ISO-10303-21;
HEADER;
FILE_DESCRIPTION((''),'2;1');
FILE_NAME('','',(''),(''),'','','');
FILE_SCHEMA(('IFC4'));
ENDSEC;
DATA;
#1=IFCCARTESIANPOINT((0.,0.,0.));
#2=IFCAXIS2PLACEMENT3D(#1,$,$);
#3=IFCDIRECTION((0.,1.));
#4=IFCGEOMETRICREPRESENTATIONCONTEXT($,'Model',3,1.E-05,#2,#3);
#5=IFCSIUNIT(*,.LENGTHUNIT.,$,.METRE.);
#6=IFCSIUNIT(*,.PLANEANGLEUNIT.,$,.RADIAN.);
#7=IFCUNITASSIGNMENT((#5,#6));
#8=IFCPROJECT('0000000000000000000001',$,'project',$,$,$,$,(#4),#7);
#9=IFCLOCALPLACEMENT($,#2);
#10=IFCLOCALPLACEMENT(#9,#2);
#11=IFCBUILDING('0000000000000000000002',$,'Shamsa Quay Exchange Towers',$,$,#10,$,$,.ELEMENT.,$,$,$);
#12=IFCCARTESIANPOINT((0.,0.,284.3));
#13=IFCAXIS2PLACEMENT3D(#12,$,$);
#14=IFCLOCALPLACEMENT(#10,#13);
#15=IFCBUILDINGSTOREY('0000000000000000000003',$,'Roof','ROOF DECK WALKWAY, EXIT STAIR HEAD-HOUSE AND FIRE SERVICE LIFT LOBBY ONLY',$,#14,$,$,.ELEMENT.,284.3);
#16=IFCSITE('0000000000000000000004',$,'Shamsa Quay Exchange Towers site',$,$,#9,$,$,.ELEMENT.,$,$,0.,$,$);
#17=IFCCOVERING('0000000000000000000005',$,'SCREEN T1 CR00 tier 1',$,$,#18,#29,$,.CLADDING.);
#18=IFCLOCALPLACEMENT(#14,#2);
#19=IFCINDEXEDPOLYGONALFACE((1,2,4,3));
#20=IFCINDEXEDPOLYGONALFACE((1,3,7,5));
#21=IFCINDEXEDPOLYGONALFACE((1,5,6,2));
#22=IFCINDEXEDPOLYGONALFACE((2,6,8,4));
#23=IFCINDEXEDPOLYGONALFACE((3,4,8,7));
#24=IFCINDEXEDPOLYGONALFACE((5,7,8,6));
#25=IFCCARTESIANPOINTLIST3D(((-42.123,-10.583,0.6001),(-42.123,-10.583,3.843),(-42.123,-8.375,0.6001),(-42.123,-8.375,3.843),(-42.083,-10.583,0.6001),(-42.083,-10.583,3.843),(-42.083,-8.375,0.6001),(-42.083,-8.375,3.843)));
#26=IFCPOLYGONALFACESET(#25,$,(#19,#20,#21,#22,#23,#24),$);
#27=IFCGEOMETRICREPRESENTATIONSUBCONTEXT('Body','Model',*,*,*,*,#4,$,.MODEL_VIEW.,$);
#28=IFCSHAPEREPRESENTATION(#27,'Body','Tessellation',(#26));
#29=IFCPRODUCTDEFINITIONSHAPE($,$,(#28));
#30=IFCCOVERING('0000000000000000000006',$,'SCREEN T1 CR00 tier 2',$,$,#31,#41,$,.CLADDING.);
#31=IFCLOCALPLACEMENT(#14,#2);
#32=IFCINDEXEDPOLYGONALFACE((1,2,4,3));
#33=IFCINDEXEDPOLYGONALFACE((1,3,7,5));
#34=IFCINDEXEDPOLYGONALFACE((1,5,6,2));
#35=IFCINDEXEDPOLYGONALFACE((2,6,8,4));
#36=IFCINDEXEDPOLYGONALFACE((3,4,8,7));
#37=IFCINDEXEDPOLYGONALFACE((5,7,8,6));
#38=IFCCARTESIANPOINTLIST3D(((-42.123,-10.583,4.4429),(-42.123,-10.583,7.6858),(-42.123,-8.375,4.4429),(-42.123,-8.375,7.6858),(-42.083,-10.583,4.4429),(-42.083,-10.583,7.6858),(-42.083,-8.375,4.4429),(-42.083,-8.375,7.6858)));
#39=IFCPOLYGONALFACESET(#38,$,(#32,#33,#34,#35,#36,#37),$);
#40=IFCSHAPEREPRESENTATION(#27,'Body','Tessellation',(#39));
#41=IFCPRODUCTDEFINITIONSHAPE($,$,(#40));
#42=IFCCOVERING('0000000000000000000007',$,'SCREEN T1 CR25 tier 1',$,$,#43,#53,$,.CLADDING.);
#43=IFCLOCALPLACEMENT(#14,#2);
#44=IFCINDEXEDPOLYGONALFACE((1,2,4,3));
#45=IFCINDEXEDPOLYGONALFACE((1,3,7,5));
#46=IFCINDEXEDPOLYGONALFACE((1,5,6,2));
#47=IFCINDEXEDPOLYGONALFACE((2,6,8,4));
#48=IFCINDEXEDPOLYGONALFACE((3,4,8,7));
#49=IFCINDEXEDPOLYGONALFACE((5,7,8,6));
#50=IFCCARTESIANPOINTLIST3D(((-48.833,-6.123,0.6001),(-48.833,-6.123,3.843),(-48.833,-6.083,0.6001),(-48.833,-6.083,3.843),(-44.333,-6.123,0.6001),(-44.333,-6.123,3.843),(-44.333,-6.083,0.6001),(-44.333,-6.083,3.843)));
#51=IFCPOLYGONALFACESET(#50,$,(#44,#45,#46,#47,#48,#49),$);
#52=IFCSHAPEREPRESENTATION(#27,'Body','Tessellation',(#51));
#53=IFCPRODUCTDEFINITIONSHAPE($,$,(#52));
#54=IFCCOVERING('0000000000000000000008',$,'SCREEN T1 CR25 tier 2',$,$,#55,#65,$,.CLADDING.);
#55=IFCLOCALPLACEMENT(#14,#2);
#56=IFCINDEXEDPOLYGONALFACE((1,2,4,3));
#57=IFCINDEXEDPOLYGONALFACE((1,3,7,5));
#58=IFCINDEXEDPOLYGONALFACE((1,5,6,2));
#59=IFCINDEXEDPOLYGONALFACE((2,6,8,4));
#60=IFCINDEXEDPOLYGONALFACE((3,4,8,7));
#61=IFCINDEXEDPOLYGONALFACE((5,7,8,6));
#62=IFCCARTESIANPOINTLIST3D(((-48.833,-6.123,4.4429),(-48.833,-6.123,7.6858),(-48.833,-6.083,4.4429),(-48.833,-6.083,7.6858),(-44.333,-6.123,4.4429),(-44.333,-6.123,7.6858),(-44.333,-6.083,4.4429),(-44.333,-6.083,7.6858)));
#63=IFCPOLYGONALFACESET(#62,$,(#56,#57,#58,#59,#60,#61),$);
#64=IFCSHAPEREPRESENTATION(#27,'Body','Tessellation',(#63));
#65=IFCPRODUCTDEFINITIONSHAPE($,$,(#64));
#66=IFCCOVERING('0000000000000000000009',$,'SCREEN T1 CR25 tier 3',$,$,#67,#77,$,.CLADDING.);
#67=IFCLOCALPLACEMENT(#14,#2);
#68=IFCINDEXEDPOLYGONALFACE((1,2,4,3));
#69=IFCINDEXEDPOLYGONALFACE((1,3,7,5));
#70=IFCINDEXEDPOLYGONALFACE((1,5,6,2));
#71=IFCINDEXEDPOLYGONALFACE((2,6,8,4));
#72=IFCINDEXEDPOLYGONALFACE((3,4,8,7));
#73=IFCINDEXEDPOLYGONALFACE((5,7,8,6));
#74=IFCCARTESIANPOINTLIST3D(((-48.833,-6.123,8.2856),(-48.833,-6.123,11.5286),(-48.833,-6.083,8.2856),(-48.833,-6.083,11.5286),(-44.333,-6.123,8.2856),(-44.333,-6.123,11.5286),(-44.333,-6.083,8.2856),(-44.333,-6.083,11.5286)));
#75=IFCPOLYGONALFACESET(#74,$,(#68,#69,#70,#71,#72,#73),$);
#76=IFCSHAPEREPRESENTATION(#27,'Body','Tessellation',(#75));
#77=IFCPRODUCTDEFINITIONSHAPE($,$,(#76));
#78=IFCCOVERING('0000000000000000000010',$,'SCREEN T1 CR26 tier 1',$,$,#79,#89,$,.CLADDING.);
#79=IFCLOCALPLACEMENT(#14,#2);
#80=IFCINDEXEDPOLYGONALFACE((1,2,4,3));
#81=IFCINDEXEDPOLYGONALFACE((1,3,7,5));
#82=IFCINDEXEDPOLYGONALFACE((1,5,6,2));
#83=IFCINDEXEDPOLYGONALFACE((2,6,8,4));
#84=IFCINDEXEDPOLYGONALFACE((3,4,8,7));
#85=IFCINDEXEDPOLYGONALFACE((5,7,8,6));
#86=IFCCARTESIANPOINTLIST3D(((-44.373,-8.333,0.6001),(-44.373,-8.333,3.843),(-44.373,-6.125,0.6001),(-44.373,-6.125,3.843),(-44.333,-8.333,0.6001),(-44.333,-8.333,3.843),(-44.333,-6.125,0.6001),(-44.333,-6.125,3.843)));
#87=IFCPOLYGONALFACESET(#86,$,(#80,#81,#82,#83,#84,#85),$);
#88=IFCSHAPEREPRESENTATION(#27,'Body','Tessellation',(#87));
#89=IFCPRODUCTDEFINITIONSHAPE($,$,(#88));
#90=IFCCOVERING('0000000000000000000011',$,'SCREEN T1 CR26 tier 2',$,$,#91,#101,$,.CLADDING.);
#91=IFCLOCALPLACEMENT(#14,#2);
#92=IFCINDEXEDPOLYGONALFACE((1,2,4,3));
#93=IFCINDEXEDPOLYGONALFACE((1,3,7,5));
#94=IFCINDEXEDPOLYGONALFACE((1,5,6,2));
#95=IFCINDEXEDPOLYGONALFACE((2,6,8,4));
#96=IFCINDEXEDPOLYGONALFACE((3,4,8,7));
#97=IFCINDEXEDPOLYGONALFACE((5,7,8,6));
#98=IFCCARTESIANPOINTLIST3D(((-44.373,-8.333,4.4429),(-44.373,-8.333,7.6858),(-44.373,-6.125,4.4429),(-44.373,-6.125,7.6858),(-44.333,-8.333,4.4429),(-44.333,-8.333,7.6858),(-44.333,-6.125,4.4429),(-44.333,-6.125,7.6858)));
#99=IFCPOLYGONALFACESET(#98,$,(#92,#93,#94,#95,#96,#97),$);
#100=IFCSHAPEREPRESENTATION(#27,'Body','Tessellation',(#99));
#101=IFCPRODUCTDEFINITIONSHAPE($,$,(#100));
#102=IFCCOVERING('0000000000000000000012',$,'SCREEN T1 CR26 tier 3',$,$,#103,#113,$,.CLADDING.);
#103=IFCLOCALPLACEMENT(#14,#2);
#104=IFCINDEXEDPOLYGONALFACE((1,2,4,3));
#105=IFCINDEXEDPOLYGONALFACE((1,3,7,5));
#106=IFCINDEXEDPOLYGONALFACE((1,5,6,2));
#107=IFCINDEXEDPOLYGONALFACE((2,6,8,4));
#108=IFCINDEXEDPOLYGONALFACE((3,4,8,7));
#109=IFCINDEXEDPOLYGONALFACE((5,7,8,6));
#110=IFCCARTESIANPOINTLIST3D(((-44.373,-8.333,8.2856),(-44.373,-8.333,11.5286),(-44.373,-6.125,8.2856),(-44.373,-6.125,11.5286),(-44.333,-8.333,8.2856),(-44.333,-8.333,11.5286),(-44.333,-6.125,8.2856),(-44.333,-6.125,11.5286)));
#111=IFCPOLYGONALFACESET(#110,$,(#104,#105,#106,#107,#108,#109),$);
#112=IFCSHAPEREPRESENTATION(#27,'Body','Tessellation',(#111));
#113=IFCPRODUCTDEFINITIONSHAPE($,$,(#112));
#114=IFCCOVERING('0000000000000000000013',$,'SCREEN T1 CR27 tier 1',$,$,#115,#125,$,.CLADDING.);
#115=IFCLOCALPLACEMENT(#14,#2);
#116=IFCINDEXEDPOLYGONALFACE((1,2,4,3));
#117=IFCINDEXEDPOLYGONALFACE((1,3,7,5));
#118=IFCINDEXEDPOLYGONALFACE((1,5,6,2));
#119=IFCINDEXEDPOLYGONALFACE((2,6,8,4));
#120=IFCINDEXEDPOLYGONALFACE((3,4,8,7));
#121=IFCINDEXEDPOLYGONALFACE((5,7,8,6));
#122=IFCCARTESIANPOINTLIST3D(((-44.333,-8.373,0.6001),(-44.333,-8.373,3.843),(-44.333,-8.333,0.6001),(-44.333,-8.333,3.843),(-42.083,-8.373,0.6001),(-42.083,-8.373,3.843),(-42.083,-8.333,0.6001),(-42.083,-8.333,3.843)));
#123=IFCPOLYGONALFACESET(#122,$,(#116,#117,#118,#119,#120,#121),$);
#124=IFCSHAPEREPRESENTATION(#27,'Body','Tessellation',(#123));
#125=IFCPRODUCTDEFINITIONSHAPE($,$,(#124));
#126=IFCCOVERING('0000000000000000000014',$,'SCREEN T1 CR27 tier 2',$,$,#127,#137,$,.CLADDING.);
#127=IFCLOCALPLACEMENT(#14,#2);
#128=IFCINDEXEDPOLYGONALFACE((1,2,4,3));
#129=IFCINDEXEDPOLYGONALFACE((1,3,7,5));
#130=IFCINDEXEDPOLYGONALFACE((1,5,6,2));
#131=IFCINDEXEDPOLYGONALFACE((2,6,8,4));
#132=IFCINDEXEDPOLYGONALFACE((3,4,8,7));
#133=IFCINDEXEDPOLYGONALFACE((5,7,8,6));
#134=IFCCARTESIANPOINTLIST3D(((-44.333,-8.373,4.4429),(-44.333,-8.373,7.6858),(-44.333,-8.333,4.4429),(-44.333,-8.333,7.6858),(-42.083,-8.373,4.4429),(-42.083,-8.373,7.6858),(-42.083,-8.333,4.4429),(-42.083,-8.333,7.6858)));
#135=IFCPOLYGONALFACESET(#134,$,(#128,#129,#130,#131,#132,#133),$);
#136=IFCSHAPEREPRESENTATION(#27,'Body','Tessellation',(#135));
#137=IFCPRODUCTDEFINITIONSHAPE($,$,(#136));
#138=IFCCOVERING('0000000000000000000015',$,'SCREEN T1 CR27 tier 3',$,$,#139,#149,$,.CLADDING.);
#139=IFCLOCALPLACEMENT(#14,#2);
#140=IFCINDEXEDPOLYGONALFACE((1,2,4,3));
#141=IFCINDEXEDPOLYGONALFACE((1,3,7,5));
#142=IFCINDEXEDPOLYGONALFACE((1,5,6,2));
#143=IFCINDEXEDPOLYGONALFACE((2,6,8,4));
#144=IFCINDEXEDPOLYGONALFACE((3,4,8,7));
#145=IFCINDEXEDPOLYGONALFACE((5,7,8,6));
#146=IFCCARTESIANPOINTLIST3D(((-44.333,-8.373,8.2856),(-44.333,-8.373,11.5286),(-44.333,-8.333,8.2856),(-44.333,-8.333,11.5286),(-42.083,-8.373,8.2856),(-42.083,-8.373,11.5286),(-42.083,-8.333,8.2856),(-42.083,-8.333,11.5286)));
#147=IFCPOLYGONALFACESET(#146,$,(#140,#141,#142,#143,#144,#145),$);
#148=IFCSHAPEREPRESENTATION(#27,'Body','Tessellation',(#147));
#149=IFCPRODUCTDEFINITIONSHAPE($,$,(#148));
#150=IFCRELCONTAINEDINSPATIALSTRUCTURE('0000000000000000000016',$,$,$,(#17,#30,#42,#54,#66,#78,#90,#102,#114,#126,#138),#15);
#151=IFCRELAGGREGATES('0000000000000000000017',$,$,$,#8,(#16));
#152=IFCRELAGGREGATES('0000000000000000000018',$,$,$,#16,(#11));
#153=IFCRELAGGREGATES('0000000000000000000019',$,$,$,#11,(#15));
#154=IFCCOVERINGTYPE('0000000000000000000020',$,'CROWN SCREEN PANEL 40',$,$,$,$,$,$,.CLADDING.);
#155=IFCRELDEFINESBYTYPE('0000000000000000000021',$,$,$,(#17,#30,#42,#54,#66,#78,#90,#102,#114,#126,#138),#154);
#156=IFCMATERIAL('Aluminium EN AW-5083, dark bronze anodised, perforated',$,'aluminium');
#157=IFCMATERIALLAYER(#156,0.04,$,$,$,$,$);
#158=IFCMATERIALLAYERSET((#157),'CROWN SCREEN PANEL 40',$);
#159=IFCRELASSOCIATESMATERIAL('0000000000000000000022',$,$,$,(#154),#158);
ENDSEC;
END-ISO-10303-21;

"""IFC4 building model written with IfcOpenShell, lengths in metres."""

from ifc_helpers import new_model, si_unit, direction, frame, origin, origin_2d, place, context, subcontext, project, spatial, rectangle, extrude, material, layer, layer_set, type_object, element, save


model = new_model("IFC4")

# Units and contexts
model_context = context("Model", 3, precision=1e-05, world=origin(), true_north=direction((0.0, 1.0)))
body_context = subcontext(model_context, "Body", "Model", "MODEL_VIEW")
ifc_project = project(units=[si_unit("LENGTHUNIT", "METRE"), si_unit("PLANEANGLEUNIT", "RADIAN")], contexts=[model_context])

# Site, building, storey
site_placement = place(None, origin())
site = spatial("IfcSite", under=ifc_project, at=site_placement, Name="Shamsa Quay Exchange Towers site", CompositionType="ELEMENT", RefElevation=0.0)
building_placement = place(site_placement, origin())
building = spatial("IfcBuilding", under=site, at=building_placement, Name="Shamsa Quay Exchange Towers", CompositionType="ELEMENT")
storey_placement = place(building_placement, frame((0.0, 0.0, 284.3)))
storey = spatial("IfcBuildingStorey", under=building, at=storey_placement, Name="Roof", Description="ROOF DECK WALKWAY, EXIT STAIR HEAD-HOUSE AND FIRE SERVICE LIFT LOBBY ONLY", CompositionType="ELEMENT", Elevation=284.3)

# Coverings
ifc_material_1 = material(Name="Aluminium EN AW-5083, dark bronze anodised, perforated", Category="aluminium")
ifc_layer_1 = layer(ifc_material_1, 0.04)
ifc_layer_set_1 = layer_set([ifc_layer_1], Name="CROWN SCREEN PANEL 40")
covering_type = type_object("IfcCoveringType", Name="CROWN SCREEN PANEL 40", PredefinedType="CLADDING", material=ifc_layer_set_1)
for number, where, z_axis, x_axis, name in (
    (1, (-42.103, -9.479, 0.6001), (0.0, 0.0, 1.0), (0.0, -1.0, 0.0), "SCREEN T1 CR00 tier 1"),
    (2, (-42.103, -9.479, 4.4429), (0.0, 0.0, 1.0), (0.0, -1.0, 0.0), "SCREEN T1 CR00 tier 2"),
):
    element("IfcCovering", number, at=place(storey_placement, frame(where, z_axis=z_axis, x_axis=x_axis)), inside=storey, type_object=covering_type, Name=name, PredefinedType="CLADDING", context=body_context, shape_type="SweptSolid", body=[
        extrude(rectangle(XDim=2.208, YDim=0.04, at=origin_2d()), origin(), (0.0, 0.0, 1.0), 3.2429),
    ])
for number, where, name in (
    (3, (-46.583, -6.103, 0.6001), "SCREEN T1 CR25 tier 1"),
    (4, (-46.583, -6.103, 4.4429), "SCREEN T1 CR25 tier 2"),
    (5, (-46.583, -6.103, 8.2856), "SCREEN T1 CR25 tier 3"),
):
    element("IfcCovering", number, at=place(storey_placement, frame(where)), inside=storey, type_object=covering_type, Name=name, PredefinedType="CLADDING", context=body_context, shape_type="SweptSolid", body=[
        extrude(rectangle(XDim=4.5, YDim=0.04, at=origin_2d()), origin(), (0.0, 0.0, 1.0), 3.2429),
    ])
for number, where, z_axis, x_axis, name in (
    (6, (-44.353, -7.229, 0.6001), (0.0, 0.0, 1.0), (0.0, -1.0, 0.0), "SCREEN T1 CR26 tier 1"),
    (7, (-44.353, -7.229, 4.4429), (0.0, 0.0, 1.0), (0.0, -1.0, 0.0), "SCREEN T1 CR26 tier 2"),
    (8, (-44.353, -7.229, 8.2856), (0.0, 0.0, 1.0), (0.0, -1.0, 0.0), "SCREEN T1 CR26 tier 3"),
):
    element("IfcCovering", number, at=place(storey_placement, frame(where, z_axis=z_axis, x_axis=x_axis)), inside=storey, type_object=covering_type, Name=name, PredefinedType="CLADDING", context=body_context, shape_type="SweptSolid", body=[
        extrude(rectangle(XDim=2.208, YDim=0.04, at=origin_2d()), origin(), (0.0, 0.0, 1.0), 3.2429),
    ])
for number, where, name in (
    (9, (-43.208, -8.353, 0.6001), "SCREEN T1 CR27 tier 1"),
    (10, (-43.208, -8.353, 4.4429), "SCREEN T1 CR27 tier 2"),
    (11, (-43.208, -8.353, 8.2856), "SCREEN T1 CR27 tier 3"),
):
    element("IfcCovering", number, at=place(storey_placement, frame(where)), inside=storey, type_object=covering_type, Name=name, PredefinedType="CLADDING", context=body_context, shape_type="SweptSolid", body=[
        extrude(rectangle(XDim=2.25, YDim=0.04, at=origin_2d()), origin(), (0.0, 0.0, 1.0), 3.2429),
    ])

save(model, "model.ifc")
